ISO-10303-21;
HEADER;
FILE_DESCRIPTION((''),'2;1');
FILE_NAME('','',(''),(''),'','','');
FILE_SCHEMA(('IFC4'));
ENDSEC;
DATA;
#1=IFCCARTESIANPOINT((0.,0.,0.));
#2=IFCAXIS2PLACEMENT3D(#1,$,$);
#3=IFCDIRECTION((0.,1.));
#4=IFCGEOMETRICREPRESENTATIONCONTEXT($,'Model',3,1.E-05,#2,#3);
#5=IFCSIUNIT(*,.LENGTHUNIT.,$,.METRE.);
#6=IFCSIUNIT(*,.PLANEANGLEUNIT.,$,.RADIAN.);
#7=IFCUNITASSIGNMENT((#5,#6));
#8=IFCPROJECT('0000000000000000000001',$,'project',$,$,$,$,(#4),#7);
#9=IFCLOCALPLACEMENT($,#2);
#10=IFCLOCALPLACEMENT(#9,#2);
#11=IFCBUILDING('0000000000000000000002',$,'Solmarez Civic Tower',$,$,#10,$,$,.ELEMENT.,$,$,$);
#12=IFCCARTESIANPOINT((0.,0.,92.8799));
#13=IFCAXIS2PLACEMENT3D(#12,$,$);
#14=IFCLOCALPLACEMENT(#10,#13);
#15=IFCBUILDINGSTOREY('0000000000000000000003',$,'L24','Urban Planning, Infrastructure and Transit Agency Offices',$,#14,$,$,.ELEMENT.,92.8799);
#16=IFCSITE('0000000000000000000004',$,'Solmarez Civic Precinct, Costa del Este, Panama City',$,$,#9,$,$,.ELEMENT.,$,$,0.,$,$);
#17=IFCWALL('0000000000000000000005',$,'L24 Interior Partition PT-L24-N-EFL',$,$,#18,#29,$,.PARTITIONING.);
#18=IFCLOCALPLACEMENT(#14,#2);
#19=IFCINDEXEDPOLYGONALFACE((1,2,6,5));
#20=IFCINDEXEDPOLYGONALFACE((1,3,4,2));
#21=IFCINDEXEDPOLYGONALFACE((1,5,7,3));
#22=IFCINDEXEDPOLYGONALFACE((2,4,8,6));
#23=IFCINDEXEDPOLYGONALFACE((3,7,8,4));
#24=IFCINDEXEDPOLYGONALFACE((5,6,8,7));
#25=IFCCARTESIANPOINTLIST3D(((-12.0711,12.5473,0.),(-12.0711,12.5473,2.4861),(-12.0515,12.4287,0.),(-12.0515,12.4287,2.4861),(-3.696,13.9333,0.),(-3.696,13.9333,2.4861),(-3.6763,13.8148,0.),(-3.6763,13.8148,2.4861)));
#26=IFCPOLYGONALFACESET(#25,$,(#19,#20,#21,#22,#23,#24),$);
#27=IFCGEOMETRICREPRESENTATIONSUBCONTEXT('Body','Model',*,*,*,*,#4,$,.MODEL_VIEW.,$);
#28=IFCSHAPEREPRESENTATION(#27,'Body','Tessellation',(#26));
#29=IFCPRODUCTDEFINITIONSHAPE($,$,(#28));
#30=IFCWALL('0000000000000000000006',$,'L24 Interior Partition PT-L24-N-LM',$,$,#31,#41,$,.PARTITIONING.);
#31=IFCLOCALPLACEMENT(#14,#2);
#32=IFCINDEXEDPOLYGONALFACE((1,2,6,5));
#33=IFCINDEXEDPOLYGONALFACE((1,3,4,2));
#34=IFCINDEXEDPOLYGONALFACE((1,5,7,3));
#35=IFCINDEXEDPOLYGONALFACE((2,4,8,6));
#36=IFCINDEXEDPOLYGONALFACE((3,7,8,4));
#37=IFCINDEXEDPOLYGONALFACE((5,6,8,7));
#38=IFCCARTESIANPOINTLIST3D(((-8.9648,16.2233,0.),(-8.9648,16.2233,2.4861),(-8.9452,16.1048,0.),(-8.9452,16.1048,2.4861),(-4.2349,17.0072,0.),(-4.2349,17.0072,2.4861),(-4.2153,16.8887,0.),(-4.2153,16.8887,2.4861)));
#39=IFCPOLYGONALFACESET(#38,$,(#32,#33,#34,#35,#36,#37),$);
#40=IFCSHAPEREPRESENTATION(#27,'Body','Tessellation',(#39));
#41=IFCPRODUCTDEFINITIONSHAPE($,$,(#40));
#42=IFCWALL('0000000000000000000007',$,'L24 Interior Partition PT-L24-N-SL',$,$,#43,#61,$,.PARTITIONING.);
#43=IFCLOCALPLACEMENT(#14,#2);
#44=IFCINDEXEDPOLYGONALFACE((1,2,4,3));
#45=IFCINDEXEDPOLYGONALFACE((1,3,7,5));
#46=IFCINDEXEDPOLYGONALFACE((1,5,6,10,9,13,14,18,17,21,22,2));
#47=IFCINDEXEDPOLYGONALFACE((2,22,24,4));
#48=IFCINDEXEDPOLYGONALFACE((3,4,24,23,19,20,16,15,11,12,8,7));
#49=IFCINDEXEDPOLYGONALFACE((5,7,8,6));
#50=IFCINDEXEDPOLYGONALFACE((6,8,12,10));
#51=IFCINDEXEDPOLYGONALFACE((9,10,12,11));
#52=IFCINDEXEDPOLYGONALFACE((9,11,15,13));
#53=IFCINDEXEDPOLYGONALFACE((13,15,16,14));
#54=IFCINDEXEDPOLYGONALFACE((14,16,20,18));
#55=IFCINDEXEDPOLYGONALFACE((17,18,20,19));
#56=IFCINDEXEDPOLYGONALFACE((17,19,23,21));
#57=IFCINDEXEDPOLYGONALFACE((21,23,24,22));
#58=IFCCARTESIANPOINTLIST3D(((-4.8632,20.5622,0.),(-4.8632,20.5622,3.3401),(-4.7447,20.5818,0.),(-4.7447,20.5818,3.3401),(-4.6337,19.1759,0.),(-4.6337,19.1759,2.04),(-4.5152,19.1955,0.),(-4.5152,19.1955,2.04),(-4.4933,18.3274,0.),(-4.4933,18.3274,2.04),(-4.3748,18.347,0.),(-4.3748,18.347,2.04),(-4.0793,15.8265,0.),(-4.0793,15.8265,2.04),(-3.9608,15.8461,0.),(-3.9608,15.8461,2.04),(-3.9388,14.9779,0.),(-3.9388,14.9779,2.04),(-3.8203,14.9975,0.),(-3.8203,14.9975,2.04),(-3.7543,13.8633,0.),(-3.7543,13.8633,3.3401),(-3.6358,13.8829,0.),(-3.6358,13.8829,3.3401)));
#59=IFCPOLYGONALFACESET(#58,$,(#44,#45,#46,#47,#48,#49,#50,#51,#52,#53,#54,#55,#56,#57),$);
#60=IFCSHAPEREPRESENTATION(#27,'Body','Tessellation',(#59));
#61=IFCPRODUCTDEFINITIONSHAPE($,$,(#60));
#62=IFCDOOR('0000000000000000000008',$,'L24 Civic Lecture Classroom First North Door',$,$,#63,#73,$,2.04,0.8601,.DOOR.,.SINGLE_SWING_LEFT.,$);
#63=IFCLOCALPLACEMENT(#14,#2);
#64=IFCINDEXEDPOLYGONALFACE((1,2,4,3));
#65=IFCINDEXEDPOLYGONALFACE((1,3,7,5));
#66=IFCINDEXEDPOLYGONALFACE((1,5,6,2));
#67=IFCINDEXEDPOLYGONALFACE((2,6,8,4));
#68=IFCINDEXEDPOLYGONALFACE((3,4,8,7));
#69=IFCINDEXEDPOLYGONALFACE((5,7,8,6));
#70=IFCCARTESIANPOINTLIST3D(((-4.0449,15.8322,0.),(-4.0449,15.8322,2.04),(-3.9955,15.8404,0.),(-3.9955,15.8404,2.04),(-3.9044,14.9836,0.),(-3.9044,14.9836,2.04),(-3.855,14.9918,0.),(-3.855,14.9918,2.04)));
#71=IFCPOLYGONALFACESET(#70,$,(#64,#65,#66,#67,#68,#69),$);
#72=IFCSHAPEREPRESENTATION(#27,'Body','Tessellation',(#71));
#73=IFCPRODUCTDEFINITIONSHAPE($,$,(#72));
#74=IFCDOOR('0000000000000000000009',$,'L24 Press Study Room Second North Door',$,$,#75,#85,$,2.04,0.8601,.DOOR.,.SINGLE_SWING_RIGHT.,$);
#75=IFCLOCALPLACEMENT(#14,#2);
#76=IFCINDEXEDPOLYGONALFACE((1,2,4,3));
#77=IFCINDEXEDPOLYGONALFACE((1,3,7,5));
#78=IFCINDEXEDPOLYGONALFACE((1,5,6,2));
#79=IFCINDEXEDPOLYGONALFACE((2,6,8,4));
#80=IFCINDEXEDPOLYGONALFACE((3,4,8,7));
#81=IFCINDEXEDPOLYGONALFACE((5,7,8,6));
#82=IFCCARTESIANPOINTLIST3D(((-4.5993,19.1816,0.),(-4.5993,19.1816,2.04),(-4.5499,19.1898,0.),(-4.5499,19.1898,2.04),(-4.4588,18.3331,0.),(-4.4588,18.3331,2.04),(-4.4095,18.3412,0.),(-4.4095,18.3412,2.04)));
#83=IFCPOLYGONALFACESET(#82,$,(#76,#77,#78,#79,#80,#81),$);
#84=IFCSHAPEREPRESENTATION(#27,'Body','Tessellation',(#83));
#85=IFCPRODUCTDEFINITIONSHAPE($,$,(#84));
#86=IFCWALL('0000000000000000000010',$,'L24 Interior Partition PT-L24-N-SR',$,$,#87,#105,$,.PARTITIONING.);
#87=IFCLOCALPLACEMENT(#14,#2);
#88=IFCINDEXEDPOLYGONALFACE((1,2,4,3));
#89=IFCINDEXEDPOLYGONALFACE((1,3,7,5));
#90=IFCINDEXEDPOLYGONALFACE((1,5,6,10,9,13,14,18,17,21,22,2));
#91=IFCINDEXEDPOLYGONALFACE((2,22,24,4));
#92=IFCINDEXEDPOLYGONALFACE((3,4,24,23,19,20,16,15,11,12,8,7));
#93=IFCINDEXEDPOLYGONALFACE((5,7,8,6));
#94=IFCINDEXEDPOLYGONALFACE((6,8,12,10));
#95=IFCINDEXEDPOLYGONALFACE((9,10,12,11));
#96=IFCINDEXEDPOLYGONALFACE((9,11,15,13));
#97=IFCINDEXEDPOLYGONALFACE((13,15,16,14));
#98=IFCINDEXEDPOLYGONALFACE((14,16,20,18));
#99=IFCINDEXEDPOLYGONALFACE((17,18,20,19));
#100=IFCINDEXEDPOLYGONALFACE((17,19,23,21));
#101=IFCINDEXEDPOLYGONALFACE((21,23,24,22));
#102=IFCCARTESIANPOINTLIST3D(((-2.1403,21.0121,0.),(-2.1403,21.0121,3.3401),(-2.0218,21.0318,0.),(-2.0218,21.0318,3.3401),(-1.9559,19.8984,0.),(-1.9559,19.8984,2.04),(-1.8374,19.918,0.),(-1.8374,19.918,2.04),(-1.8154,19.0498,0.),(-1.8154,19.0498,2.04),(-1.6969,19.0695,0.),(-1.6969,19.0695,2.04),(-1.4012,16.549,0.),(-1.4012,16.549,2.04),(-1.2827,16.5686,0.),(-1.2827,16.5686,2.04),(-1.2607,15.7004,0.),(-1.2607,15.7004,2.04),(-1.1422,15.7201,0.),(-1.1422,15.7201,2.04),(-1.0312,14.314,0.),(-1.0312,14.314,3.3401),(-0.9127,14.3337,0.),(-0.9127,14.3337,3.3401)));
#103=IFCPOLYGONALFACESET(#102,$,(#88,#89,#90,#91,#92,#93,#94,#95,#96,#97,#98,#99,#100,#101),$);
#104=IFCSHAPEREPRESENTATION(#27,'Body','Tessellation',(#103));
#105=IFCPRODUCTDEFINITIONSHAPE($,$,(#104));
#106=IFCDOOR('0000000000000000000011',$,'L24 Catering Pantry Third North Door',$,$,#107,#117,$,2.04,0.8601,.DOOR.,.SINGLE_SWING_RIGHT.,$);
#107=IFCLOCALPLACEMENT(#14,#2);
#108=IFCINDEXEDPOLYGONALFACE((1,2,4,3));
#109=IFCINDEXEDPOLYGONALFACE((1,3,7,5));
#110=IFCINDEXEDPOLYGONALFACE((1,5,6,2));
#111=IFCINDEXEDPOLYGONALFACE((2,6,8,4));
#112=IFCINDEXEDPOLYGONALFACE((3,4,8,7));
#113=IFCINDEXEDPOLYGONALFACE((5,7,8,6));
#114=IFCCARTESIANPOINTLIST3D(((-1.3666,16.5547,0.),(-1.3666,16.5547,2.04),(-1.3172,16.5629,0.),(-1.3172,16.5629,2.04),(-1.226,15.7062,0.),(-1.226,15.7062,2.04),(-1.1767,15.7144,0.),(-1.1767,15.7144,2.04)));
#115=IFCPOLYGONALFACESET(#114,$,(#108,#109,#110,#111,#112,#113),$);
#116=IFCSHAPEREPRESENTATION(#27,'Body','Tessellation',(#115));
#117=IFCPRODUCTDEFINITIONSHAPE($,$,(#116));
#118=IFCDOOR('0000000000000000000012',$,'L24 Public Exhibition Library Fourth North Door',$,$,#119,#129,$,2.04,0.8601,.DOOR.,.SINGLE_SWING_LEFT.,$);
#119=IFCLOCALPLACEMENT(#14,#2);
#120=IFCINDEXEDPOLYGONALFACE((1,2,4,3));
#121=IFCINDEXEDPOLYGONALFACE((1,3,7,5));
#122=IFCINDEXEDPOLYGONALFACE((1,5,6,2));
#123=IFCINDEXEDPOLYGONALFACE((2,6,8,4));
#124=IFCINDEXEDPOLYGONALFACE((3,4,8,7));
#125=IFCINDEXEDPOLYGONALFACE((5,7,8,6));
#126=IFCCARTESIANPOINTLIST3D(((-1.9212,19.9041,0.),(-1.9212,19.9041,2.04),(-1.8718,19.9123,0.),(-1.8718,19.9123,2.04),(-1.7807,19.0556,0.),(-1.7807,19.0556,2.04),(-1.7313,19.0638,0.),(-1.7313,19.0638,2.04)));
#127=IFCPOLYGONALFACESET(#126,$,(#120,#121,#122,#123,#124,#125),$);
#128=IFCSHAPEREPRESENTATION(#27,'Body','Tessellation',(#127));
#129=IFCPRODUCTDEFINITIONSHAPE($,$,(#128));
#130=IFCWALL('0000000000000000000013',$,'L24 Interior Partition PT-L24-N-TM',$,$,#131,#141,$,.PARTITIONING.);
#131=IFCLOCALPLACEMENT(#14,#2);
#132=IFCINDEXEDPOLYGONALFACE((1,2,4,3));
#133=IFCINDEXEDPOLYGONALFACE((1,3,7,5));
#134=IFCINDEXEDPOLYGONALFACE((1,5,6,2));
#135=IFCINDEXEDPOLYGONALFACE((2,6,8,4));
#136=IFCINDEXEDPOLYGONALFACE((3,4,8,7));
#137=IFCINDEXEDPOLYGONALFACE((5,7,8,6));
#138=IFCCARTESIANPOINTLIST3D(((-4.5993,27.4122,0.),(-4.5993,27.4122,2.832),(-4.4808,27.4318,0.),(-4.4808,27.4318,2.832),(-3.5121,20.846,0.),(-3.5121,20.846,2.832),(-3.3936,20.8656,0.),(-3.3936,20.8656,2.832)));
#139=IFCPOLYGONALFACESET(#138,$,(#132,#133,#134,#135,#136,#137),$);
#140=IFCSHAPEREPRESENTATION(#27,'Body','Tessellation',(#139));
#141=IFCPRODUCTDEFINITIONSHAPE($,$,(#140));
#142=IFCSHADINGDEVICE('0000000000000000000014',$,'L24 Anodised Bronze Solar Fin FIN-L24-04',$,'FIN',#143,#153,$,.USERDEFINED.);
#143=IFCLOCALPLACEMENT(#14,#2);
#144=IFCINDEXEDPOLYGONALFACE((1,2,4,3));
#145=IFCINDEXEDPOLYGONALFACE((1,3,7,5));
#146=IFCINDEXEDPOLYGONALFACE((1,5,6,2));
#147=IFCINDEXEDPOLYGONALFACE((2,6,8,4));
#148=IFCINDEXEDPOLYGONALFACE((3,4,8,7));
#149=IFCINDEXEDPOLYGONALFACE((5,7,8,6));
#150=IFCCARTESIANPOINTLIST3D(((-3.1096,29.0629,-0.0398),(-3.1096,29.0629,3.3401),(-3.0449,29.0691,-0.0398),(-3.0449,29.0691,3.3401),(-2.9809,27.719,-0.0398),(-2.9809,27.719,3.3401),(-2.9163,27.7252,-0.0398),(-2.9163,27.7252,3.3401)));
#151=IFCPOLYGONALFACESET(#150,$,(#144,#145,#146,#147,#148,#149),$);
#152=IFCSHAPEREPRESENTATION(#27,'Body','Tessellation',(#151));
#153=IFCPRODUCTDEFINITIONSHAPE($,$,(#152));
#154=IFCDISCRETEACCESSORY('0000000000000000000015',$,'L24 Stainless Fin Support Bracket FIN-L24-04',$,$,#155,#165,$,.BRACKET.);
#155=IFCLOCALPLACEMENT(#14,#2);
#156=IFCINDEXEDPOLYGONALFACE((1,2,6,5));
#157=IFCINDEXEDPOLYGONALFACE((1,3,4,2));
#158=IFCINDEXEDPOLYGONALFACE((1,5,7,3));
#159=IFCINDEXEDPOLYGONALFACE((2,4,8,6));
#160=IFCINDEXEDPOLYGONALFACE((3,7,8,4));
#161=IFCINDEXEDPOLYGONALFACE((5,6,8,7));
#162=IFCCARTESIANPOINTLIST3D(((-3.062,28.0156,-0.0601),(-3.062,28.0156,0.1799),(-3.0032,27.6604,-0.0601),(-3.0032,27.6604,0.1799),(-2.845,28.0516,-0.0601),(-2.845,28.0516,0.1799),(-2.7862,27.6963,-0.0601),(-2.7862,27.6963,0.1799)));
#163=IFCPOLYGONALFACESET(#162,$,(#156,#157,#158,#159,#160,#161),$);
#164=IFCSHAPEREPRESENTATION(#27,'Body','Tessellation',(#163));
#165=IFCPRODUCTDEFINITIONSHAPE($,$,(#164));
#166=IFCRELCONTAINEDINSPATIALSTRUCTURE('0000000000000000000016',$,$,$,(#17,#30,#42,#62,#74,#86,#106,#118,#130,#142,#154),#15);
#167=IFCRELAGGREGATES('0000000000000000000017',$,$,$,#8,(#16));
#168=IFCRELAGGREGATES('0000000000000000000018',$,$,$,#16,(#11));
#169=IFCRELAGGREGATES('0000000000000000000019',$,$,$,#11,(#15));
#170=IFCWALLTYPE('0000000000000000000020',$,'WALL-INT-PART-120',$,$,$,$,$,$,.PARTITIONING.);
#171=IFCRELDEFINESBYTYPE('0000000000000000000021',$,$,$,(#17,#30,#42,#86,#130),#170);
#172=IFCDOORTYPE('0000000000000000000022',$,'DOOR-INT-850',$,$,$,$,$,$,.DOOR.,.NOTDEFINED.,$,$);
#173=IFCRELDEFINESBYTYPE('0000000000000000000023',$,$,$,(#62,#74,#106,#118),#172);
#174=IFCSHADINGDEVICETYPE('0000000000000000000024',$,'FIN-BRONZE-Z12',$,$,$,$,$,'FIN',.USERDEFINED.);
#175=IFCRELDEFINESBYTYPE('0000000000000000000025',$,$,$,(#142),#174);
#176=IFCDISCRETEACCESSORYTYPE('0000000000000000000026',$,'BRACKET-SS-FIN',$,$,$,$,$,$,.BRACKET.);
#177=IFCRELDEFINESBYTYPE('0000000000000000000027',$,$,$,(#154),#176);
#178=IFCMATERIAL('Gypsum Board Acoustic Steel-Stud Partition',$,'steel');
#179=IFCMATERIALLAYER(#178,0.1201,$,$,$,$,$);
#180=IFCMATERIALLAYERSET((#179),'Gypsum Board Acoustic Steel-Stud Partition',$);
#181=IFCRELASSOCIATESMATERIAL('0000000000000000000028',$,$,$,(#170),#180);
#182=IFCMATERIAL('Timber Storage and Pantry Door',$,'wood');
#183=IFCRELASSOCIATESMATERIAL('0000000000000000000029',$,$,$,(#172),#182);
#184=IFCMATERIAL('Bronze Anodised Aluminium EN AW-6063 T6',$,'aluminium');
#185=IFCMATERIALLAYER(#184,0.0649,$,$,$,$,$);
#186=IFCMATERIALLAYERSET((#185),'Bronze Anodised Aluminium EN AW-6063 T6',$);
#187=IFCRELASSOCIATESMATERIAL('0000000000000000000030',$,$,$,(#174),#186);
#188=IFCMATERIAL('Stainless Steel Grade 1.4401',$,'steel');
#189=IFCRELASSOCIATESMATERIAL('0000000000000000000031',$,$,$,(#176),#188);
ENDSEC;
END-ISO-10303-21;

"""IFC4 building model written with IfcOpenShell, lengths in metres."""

from ifc_helpers import new_model, si_unit, direction, frame, frame_2d, origin, origin_2d, place, context, subcontext, project, spatial, rectangle, extrude, material, layer, layer_set, type_object, element, fill, save


model = new_model("IFC4")

# Units and contexts
model_context = context("Model", 3, precision=1e-05, world=origin(), true_north=direction((0.0, 1.0)))
body_context = subcontext(model_context, "Body", "Model", "MODEL_VIEW")
ifc_project = project(units=[si_unit("LENGTHUNIT", "METRE"), si_unit("PLANEANGLEUNIT", "RADIAN")], contexts=[model_context])

# Site, building, storey
site_placement = place(None, origin())
site = spatial("IfcSite", under=ifc_project, at=site_placement, Name="Solmarez Civic Precinct, Costa del Este, Panama City", CompositionType="ELEMENT", RefElevation=0.0)
building_placement = place(site_placement, origin())
building = spatial("IfcBuilding", under=site, at=building_placement, Name="Solmarez Civic Tower", CompositionType="ELEMENT")
storey_placement = place(building_placement, frame((0.0, 0.0, 92.8799)))
storey = spatial("IfcBuildingStorey", under=building, at=storey_placement, Name="L24", Description="Urban Planning, Infrastructure and Transit Agency Offices", CompositionType="ELEMENT", Elevation=92.8799)

# Walls
ifc_material_1 = material(Name="Gypsum Board Acoustic Steel-Stud Partition", Category="steel")
ifc_layer_1 = layer(ifc_material_1, 0.1201)
ifc_layer_set_1 = layer_set([ifc_layer_1], Name="Gypsum Board Acoustic Steel-Stud Partition")
wall_type_1 = type_object("IfcWallType", Name="WALL-INT-PART-120", PredefinedType="PARTITIONING", material=ifc_layer_set_1)
wall_1_placement = place(storey_placement, frame((-3.686, 13.874, 0.0), z_axis=(0.0, 0.0, 1.0), x_axis=(-0.986581, -0.16327, 0.0)))
element("IfcWall", 1, at=wall_1_placement, inside=storey, type_object=wall_type_1, Name="L24 Interior Partition PT-L24-N-EFL", PredefinedType="PARTITIONING", context=body_context, shape_type="SweptSolid", body=[
    extrude(rectangle(XDim=8.489, YDim=0.1201, at=frame_2d((4.2446, 0.0))), origin(), (0.0, 0.0, 1.0), 2.4861),
])
wall_2_placement = place(storey_placement, frame((-4.2251, 16.948, 0.0), z_axis=(0.0, 0.0, 1.0), x_axis=(-0.986542, -0.163507, 0.0)))
element("IfcWall", 2, at=wall_2_placement, inside=storey, type_object=wall_type_1, Name="L24 Interior Partition PT-L24-N-LM", PredefinedType="PARTITIONING", context=body_context, shape_type="SweptSolid", body=[
    extrude(rectangle(XDim=4.7944, YDim=0.1201, at=frame_2d((2.3972, 0.0))), origin(), (0.0, 0.0, 1.0), 2.4861),
])

# Walls, openings, doors
wall_3_placement = place(storey_placement, frame((-4.804, 20.572, 0.0), z_axis=(0.0, 0.0, 1.0), x_axis=(0.163309, -0.986575, 0.0)))
wall_3 = element("IfcWall", 3, at=wall_3_placement, inside=storey, type_object=wall_type_1, Name="L24 Interior Partition PT-L24-N-SL", PredefinedType="PARTITIONING", context=body_context, shape_type="SweptSolid", body=[
    extrude(rectangle(XDim=6.79, YDim=0.1201, at=frame_2d((3.395, 0.0))), origin(), (0.0, 0.0, 1.0), 3.3401),
])
opening_1_placement = place(wall_3_placement, frame((4.8, 0.0, 0.0)))
opening_1 = element("IfcOpeningElement", 4, at=opening_1_placement, cuts=wall_3, PredefinedType="OPENING", context=body_context, shape_type="SweptSolid", body=[
    extrude(rectangle(XDim=0.8601, YDim=2.04, at=frame_2d((0.4302, 1.02))), frame((0.0, 0.0701, 0.0), z_axis=(0.0, -1.0, 0.0), x_axis=(1.0, 0.0, 0.0)), (0.0, 0.0, 1.0), 0.1401),
])
opening_2_placement = place(wall_3_placement, frame((1.405, 0.0, 0.0)))
opening_2 = element("IfcOpeningElement", 5, at=opening_2_placement, cuts=wall_3, PredefinedType="OPENING", context=body_context, shape_type="SweptSolid", body=[
    extrude(rectangle(XDim=0.8601, YDim=2.04, at=frame_2d((0.4302, 1.02))), frame((0.0, 0.0701, 0.0), z_axis=(0.0, -1.0, 0.0), x_axis=(1.0, 0.0, 0.0)), (0.0, 0.0, 1.0), 0.1401),
])
ifc_material_2 = material(Name="Timber Storage and Pantry Door", Category="wood")
door_type = type_object("IfcDoorType", Name="DOOR-INT-850", OperationType="NOTDEFINED", PredefinedType="DOOR", material=ifc_material_2)
door_1_placement = place(opening_1_placement, origin())
door_1 = element("IfcDoor", 6, at=door_1_placement, inside=storey, type_object=door_type, Name="L24 Civic Lecture Classroom First North Door", OperationType="SINGLE_SWING_LEFT", OverallHeight=2.04, OverallWidth=0.8601, PredefinedType="DOOR", context=body_context, shape_type="SweptSolid", body=[
    extrude(rectangle(XDim=0.8601, YDim=2.04, at=frame_2d((0.4302, 1.02))), frame((0.0, 0.0249, 0.0), z_axis=(0.0, -1.0, 0.0), x_axis=(1.0, 0.0, 0.0)), (0.0, 0.0, 1.0), 0.05),
])
fill(opening_1, door_1)
door_2_placement = place(opening_2_placement, origin())
door_2 = element("IfcDoor", 7, at=door_2_placement, inside=storey, type_object=door_type, Name="L24 Press Study Room Second North Door", OperationType="SINGLE_SWING_RIGHT", OverallHeight=2.04, OverallWidth=0.8601, PredefinedType="DOOR", context=body_context, shape_type="SweptSolid", body=[
    extrude(rectangle(XDim=0.8601, YDim=2.04, at=frame_2d((0.4302, 1.02))), frame((0.0, 0.0249, 0.0), z_axis=(0.0, -1.0, 0.0), x_axis=(1.0, 0.0, 0.0)), (0.0, 0.0, 1.0), 0.05),
])
fill(opening_2, door_2)
wall_4_placement = place(storey_placement, frame((-0.9719, 14.324, 0.0), z_axis=(0.0, 0.0, 1.0), x_axis=(-0.163367, 0.986565, 0.0)))
wall_4 = element("IfcWall", 8, at=wall_4_placement, inside=storey, type_object=wall_type_1, Name="L24 Interior Partition PT-L24-N-SR", PredefinedType="PARTITIONING", context=body_context, shape_type="SweptSolid", body=[
    extrude(rectangle(XDim=6.7893, YDim=0.1201, at=frame_2d((3.3945, 0.0))), origin(), (0.0, 0.0, 1.0), 3.3401),
])
opening_3_placement = place(wall_4_placement, frame((1.405, 0.0, 0.0)))
opening_3 = element("IfcOpeningElement", 9, at=opening_3_placement, cuts=wall_4, PredefinedType="OPENING", context=body_context, shape_type="SweptSolid", body=[
    extrude(rectangle(XDim=0.8601, YDim=2.04, at=frame_2d((0.4302, 1.02))), frame((0.0, 0.0701, 0.0), z_axis=(0.0, -1.0, 0.0), x_axis=(1.0, 0.0, 0.0)), (0.0, 0.0, 1.0), 0.1401),
])
opening_4_placement = place(wall_4_placement, frame((4.8, 0.0, 0.0)))
opening_4 = element("IfcOpeningElement", 10, at=opening_4_placement, cuts=wall_4, PredefinedType="OPENING", context=body_context, shape_type="SweptSolid", body=[
    extrude(rectangle(XDim=0.8601, YDim=2.04, at=frame_2d((0.4302, 1.02))), frame((0.0, 0.0701, 0.0), z_axis=(0.0, -1.0, 0.0), x_axis=(1.0, 0.0, 0.0)), (0.0, 0.0, 1.0), 0.1401),
])
door_3_placement = place(opening_3_placement, origin())
door_3 = element("IfcDoor", 11, at=door_3_placement, inside=storey, type_object=door_type, Name="L24 Catering Pantry Third North Door", OperationType="SINGLE_SWING_RIGHT", OverallHeight=2.04, OverallWidth=0.8601, PredefinedType="DOOR", context=body_context, shape_type="SweptSolid", body=[
    extrude(rectangle(XDim=0.8601, YDim=2.04, at=frame_2d((0.4302, 1.02))), frame((0.0, 0.0249, 0.0), z_axis=(0.0, -1.0, 0.0), x_axis=(1.0, 0.0, 0.0)), (0.0, 0.0, 1.0), 0.05),
])
fill(opening_3, door_3)
door_4_placement = place(opening_4_placement, origin())
door_4 = element("IfcDoor", 12, at=door_4_placement, inside=storey, type_object=door_type, Name="L24 Public Exhibition Library Fourth North Door", OperationType="SINGLE_SWING_LEFT", OverallHeight=2.04, OverallWidth=0.8601, PredefinedType="DOOR", context=body_context, shape_type="SweptSolid", body=[
    extrude(rectangle(XDim=0.8601, YDim=2.04, at=frame_2d((0.4302, 1.02))), frame((0.0, 0.0249, 0.0), z_axis=(0.0, -1.0, 0.0), x_axis=(1.0, 0.0, 0.0)), (0.0, 0.0, 1.0), 0.05),
])
fill(opening_4, door_4)

# Wall
wall_5_placement = place(storey_placement, frame((-3.4529, 20.856, 0.0), z_axis=(0.0, 0.0, 1.0), x_axis=(-0.163346, 0.986569, 0.0)))
element("IfcWall", 13, at=wall_5_placement, inside=storey, type_object=wall_type_1, Name="L24 Interior Partition PT-L24-N-TM", PredefinedType="PARTITIONING", context=body_context, shape_type="SweptSolid", body=[
    extrude(rectangle(XDim=6.6555, YDim=0.1201, at=frame_2d((3.3276, 0.0))), origin(), (0.0, 0.0, 1.0), 2.832),
])

# Shading device
ifc_material_3 = material(Name="Bronze Anodised Aluminium EN AW-6063 T6", Category="aluminium")
ifc_layer_2 = layer(ifc_material_3, 0.0649)
ifc_layer_set_2 = layer_set([ifc_layer_2], Name="Bronze Anodised Aluminium EN AW-6063 T6")
shading_device_type = type_object("IfcShadingDeviceType", Name="FIN-BRONZE-Z12", ElementType="FIN", PredefinedType="USERDEFINED", material=ifc_layer_set_2)
shading_device_placement = place(storey_placement, frame((-3.0129, 28.394, -0.0398), z_axis=(0.0, 0.0, 1.0), x_axis=(-0.095272, 0.995451, 0.0)))
element("IfcShadingDevice", 14, at=shading_device_placement, inside=storey, type_object=shading_device_type, Name="L24 Anodised Bronze Solar Fin FIN-L24-04", ObjectType="FIN", PredefinedType="USERDEFINED", context=body_context, shape_type="SweptSolid", body=[
    extrude(rectangle(XDim=1.3501, YDim=0.0649, at=origin_2d()), origin(), (0.0, 0.0, 1.0), 3.3799),
])

# Discrete accessory
ifc_material_4 = material(Name="Stainless Steel Grade 1.4401", Category="steel")
discrete_accessory_type = type_object("IfcDiscreteAccessoryType", Name="BRACKET-SS-FIN", PredefinedType="BRACKET", material=ifc_material_4)
discrete_accessory_placement = place(storey_placement, frame((-2.9241, 27.856, -0.0601), z_axis=(0.0, 0.0, 1.0), x_axis=(-0.16334, 0.98657, 0.0)))
element("IfcDiscreteAccessory", 15, at=discrete_accessory_placement, inside=storey, type_object=discrete_accessory_type, Name="L24 Stainless Fin Support Bracket FIN-L24-04", PredefinedType="BRACKET", context=body_context, shape_type="SweptSolid", body=[
    extrude(rectangle(XDim=0.3601, YDim=0.22, at=origin_2d()), origin(), (0.0, 0.0, 1.0), 0.24),
])

save(model, "model.ifc")
